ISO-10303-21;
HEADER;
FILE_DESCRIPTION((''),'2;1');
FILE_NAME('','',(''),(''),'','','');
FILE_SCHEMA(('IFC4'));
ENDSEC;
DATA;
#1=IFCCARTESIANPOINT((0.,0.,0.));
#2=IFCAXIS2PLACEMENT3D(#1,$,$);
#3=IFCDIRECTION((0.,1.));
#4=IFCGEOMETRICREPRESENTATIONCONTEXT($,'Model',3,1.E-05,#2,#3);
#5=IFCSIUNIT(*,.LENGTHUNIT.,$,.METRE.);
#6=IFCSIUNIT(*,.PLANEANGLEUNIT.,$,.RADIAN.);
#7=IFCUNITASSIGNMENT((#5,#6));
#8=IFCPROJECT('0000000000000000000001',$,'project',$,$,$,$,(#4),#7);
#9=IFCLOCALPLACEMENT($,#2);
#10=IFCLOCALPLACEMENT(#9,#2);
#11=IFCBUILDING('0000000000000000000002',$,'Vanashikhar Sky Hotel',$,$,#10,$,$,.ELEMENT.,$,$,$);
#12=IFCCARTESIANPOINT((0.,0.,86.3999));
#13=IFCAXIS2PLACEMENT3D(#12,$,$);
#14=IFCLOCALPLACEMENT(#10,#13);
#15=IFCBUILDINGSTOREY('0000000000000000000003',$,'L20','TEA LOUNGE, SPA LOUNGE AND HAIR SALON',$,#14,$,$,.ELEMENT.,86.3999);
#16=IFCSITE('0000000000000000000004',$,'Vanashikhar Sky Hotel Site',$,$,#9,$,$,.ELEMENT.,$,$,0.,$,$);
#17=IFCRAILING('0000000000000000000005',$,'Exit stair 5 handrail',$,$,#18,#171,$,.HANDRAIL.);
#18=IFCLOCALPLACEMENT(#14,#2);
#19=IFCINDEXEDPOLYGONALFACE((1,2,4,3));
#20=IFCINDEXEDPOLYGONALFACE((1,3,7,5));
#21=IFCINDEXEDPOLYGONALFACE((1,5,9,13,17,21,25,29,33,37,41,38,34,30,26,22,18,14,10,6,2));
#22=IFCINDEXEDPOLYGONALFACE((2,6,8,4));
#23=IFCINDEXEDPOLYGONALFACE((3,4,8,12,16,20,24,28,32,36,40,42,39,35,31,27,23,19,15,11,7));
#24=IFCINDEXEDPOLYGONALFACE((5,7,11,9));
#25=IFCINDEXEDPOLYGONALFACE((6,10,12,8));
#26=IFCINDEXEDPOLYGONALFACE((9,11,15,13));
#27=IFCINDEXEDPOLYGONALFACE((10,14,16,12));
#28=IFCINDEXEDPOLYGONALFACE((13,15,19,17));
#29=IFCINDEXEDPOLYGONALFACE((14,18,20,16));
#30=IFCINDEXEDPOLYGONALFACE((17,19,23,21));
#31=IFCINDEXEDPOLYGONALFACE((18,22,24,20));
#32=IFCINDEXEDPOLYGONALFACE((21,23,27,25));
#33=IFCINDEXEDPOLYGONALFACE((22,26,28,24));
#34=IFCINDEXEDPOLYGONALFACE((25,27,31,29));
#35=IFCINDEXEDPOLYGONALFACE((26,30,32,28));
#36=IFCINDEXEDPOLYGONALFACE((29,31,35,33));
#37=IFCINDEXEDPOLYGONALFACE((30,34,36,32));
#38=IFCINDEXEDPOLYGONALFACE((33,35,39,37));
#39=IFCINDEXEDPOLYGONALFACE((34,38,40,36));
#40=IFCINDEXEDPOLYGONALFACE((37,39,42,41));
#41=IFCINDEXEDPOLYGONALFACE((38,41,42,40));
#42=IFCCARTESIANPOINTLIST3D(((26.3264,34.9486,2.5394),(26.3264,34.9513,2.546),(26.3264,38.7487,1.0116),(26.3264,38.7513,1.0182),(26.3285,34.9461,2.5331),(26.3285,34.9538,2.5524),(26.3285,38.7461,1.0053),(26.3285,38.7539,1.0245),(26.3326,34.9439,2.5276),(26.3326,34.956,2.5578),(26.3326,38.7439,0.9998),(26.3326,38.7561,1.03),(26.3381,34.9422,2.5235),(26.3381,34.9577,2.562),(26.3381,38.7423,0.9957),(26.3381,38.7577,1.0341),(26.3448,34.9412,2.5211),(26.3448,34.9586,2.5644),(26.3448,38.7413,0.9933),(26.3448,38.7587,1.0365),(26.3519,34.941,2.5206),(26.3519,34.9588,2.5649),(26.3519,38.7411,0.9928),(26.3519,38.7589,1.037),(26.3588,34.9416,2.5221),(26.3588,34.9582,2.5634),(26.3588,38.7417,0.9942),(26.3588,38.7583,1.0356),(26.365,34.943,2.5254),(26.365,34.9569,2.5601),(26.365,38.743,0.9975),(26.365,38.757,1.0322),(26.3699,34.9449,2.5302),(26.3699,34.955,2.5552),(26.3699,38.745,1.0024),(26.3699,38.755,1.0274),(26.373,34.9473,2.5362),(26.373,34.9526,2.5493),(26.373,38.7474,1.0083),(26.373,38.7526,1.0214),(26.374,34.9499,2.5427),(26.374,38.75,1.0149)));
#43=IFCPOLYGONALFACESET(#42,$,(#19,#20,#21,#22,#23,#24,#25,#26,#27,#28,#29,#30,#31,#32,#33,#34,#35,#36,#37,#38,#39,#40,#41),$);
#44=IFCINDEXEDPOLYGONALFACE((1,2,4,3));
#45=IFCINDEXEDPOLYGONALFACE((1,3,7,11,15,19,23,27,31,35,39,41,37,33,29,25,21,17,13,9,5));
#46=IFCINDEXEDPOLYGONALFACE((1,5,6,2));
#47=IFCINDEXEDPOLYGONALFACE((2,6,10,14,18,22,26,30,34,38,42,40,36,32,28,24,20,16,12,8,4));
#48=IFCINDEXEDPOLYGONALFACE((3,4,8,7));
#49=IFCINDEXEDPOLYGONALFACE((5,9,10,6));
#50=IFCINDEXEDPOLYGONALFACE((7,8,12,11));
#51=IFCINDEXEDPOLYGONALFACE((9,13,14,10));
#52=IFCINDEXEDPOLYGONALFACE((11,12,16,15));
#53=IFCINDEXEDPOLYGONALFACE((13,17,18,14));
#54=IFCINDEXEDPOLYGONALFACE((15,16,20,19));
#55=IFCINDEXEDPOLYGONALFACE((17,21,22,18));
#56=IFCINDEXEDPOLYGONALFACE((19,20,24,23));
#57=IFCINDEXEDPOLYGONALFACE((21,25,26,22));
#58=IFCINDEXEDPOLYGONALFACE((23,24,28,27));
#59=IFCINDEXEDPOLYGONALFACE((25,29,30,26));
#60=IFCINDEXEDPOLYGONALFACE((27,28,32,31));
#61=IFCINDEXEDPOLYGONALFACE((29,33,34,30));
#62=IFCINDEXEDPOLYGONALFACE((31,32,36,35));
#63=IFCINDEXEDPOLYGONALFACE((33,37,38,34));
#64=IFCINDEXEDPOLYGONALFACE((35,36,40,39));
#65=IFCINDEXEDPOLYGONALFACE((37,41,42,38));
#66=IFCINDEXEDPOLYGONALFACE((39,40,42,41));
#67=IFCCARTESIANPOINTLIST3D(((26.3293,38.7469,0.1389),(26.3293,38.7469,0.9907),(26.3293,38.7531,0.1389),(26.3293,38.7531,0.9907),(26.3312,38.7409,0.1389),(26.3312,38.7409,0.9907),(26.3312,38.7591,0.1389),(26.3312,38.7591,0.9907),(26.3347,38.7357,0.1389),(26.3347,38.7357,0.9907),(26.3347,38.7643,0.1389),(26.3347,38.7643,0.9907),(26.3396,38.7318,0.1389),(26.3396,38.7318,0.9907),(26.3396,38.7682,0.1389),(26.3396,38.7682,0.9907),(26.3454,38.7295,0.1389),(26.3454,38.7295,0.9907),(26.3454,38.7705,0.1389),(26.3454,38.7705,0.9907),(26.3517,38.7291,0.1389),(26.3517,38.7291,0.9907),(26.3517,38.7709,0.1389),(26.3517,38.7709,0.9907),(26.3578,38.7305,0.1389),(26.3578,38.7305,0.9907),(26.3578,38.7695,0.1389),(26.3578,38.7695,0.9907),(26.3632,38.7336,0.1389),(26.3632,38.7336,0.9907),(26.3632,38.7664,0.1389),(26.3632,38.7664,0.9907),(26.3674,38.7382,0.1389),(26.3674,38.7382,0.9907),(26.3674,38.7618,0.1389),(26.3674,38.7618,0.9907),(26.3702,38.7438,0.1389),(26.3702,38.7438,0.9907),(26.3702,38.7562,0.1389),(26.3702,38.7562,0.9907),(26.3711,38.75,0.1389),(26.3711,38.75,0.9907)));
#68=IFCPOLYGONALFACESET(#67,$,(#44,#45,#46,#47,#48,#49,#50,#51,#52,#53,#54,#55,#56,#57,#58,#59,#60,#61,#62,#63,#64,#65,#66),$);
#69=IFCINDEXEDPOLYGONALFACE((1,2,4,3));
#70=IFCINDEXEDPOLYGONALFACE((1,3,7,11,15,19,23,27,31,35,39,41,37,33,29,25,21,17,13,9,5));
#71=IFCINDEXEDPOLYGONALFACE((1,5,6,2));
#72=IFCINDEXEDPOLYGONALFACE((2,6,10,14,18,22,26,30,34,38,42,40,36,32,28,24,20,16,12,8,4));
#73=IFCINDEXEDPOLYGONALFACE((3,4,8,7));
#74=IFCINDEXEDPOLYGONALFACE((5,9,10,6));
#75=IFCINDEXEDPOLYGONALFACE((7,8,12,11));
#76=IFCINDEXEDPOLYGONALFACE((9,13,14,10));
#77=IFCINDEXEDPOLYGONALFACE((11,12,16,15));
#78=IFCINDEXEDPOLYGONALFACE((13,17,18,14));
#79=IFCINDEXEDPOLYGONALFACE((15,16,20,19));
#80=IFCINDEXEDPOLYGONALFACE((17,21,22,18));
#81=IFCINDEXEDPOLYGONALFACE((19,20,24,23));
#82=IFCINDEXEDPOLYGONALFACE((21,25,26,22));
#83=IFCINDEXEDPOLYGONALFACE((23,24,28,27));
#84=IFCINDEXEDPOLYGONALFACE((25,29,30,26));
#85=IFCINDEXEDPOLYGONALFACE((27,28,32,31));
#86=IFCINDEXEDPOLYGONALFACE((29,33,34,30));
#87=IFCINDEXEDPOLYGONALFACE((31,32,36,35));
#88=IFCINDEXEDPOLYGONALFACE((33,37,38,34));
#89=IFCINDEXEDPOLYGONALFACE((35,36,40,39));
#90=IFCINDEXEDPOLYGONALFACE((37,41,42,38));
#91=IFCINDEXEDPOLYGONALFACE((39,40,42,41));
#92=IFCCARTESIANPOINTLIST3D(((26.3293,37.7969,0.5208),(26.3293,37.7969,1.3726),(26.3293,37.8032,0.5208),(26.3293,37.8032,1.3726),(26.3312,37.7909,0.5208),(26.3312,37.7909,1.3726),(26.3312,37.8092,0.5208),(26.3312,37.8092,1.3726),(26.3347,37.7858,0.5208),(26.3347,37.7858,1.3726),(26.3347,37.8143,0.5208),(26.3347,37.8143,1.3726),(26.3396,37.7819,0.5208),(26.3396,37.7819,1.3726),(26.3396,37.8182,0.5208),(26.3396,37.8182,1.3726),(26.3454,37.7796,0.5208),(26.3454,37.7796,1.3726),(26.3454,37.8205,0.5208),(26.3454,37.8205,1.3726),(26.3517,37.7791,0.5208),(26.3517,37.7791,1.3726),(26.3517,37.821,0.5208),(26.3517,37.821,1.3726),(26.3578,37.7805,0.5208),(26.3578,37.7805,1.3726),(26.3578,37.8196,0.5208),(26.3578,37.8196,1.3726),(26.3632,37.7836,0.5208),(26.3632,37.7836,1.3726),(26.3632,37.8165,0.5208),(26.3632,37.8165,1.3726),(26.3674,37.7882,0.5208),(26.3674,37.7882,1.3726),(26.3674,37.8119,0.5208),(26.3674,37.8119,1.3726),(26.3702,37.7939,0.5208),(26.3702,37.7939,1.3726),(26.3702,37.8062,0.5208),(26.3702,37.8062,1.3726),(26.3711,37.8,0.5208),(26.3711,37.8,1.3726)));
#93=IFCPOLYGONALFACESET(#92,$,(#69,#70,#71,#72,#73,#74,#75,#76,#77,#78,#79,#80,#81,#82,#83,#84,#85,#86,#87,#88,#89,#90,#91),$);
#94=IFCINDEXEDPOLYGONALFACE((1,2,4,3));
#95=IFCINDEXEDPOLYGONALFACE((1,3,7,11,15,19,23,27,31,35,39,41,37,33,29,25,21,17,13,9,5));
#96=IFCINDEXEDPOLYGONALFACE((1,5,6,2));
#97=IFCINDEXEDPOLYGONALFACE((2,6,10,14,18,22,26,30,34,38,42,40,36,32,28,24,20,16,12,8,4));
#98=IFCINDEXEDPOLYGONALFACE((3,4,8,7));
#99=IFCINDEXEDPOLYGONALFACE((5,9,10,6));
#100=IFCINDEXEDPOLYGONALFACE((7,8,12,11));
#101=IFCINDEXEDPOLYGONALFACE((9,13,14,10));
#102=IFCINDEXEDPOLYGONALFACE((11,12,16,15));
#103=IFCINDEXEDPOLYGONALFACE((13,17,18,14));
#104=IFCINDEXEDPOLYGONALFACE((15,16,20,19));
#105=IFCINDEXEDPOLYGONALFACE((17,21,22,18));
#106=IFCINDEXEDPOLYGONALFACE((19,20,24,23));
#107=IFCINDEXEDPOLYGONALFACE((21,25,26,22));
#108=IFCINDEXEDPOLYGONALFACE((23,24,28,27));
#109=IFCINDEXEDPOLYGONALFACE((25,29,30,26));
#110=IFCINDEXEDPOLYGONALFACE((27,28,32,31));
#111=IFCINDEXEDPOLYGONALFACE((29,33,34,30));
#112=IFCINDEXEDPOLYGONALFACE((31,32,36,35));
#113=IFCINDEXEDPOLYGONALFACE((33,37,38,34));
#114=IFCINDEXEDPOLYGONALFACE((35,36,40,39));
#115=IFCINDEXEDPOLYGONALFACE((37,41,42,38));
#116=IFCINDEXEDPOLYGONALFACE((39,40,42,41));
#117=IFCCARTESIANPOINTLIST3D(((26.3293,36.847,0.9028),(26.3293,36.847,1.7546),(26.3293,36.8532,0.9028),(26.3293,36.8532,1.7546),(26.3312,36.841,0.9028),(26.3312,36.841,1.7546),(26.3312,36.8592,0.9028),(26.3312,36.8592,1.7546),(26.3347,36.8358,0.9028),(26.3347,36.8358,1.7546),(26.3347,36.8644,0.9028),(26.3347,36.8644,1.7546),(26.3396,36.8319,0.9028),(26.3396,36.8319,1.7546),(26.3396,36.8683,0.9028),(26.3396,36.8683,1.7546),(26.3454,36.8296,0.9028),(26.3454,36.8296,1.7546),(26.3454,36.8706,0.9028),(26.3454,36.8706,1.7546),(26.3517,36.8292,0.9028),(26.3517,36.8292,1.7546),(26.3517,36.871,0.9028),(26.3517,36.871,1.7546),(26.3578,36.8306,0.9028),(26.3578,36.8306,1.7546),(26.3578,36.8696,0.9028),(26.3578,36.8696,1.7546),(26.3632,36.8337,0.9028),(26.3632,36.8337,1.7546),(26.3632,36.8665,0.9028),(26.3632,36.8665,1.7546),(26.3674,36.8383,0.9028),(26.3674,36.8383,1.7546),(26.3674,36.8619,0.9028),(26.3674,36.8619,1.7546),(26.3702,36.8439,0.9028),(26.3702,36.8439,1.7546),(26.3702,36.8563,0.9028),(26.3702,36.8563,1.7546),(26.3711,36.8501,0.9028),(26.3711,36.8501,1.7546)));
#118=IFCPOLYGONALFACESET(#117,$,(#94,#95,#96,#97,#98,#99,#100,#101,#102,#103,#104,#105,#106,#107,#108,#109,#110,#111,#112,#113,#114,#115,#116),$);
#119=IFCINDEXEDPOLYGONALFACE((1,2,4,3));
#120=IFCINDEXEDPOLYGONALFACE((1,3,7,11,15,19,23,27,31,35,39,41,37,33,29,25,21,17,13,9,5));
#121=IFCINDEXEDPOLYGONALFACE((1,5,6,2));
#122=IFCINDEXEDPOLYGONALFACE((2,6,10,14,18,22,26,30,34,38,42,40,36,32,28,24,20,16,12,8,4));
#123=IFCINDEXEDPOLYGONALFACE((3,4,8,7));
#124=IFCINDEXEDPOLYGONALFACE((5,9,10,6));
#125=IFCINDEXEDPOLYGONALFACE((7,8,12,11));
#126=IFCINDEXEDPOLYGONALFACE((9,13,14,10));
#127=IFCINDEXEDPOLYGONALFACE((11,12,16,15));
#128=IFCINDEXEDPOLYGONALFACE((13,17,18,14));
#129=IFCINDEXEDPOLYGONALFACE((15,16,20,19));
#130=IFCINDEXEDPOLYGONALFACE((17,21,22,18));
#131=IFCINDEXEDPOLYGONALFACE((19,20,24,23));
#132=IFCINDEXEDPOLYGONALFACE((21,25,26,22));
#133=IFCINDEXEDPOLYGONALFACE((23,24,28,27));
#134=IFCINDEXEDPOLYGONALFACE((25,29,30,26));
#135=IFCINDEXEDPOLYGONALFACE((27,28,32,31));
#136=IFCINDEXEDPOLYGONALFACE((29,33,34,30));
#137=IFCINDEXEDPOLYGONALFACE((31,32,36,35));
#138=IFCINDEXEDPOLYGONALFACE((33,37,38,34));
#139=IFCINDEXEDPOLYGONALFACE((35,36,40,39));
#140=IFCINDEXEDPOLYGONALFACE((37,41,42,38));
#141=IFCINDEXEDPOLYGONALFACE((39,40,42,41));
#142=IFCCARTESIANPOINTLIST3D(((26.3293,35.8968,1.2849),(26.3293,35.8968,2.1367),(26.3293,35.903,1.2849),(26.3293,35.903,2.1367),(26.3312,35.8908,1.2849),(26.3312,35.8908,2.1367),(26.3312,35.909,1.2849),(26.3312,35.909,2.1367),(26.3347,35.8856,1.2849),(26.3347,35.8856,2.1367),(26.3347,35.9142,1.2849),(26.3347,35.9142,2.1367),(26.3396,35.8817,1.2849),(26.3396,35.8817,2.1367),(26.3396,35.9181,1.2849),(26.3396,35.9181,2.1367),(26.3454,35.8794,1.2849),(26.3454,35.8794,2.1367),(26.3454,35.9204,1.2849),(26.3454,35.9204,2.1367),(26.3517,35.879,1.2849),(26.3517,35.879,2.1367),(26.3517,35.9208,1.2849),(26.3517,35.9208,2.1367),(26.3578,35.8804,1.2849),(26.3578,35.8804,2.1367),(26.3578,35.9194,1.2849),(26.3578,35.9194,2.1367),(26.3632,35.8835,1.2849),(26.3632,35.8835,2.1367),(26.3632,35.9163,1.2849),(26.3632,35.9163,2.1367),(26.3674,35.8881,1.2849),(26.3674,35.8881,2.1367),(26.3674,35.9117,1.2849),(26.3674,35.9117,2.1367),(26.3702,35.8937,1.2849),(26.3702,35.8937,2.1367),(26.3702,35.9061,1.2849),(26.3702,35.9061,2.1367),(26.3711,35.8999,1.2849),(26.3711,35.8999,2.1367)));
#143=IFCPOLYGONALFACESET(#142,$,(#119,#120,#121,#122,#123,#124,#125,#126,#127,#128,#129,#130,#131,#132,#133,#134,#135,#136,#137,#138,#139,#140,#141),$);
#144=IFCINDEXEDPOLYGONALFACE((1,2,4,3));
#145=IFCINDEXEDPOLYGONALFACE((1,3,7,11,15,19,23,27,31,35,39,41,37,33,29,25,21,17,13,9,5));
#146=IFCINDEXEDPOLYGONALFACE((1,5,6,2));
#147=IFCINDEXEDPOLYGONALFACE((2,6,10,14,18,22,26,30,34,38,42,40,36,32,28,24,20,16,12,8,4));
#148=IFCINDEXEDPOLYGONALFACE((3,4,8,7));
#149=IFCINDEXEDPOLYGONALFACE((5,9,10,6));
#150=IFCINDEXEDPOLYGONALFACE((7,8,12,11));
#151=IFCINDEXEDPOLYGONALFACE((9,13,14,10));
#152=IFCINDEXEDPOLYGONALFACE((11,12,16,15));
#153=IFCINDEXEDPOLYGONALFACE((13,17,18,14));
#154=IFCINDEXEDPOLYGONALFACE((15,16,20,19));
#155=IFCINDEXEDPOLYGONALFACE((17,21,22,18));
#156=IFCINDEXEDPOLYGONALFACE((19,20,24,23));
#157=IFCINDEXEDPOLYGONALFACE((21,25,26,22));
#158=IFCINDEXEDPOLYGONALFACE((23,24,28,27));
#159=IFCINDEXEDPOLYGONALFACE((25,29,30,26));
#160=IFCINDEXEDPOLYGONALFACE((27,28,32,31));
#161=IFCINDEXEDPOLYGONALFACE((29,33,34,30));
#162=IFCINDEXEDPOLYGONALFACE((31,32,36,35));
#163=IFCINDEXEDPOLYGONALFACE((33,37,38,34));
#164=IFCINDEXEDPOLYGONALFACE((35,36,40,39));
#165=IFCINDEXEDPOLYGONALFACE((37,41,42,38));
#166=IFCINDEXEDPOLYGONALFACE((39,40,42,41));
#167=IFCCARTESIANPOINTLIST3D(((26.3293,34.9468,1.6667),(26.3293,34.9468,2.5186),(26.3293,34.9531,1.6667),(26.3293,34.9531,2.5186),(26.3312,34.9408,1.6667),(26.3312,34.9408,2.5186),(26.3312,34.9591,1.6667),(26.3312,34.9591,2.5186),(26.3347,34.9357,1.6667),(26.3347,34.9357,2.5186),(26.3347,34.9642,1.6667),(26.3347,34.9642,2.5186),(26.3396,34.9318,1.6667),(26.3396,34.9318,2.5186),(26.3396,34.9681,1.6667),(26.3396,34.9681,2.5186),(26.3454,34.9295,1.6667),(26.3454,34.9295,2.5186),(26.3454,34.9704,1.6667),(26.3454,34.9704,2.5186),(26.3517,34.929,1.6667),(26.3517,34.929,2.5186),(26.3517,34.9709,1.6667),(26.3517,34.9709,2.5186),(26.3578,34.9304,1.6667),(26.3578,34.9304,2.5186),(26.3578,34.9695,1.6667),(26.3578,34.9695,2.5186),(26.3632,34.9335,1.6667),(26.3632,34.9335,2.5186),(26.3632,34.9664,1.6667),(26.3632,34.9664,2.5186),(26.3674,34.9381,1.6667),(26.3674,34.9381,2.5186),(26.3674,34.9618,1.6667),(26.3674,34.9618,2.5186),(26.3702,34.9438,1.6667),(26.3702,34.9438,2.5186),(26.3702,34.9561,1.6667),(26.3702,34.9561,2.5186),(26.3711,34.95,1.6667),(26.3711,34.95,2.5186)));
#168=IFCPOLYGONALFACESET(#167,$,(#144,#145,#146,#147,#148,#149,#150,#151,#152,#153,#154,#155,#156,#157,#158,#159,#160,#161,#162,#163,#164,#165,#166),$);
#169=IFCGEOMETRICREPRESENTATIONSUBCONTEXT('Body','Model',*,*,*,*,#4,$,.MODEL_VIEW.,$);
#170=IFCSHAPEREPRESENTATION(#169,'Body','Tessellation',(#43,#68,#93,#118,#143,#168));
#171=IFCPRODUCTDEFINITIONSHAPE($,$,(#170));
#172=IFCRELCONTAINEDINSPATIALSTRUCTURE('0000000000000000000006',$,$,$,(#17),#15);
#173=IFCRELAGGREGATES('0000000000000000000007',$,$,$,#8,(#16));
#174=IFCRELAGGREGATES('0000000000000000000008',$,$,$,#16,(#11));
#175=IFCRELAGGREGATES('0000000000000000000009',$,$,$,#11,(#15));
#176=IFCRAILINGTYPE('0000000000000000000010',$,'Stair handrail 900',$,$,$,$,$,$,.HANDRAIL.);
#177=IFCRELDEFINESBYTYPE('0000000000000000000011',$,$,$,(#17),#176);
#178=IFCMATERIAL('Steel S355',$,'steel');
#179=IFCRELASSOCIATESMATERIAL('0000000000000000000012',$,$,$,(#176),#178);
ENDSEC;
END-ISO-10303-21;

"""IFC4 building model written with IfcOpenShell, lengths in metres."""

from ifc_helpers import new_model, si_unit, direction, frame, origin, origin_2d, place, context, subcontext, project, spatial, circle, extrude, source, transform, mapped, material, type_object, element, save


model = new_model("IFC4")

# Units and contexts
model_context = context("Model", 3, precision=1e-05, world=origin(), true_north=direction((0.0, 1.0)))
body_context = subcontext(model_context, "Body", "Model", "MODEL_VIEW")
ifc_project = project(units=[si_unit("LENGTHUNIT", "METRE"), si_unit("PLANEANGLEUNIT", "RADIAN")], contexts=[model_context])

# Site, building, storey
site_placement = place(None, origin())
site = spatial("IfcSite", under=ifc_project, at=site_placement, Name="Vanashikhar Sky Hotel Site", CompositionType="ELEMENT", RefElevation=0.0)
building_placement = place(site_placement, origin())
building = spatial("IfcBuilding", under=site, at=building_placement, Name="Vanashikhar Sky Hotel", CompositionType="ELEMENT")
storey_placement = place(building_placement, frame((0.0, 0.0, 86.3999)))
storey = spatial("IfcBuildingStorey", under=building, at=storey_placement, Name="L20", Description="TEA LOUNGE, SPA LOUNGE AND HAIR SALON", CompositionType="ELEMENT", Elevation=86.3999)

# Railing
ifc_material_1 = material(Name="Steel S355", Category="steel")
railing_type_1 = type_object("IfcRailingType", Name="Stair handrail 900", PredefinedType="HANDRAIL", material=ifc_material_1)
shared_shape_1 = source(origin(), body_context, "Body", "SweptSolid", [
    extrude(circle(Radius=0.0239, at=origin_2d()), frame((0.0, 0.0, 0.876), z_axis=(0.0, -0.927817, 0.373034), x_axis=(1.0, 0.0, 0.0)), (0.0, 0.0, 1.0), 4.0957),
    extrude(circle(Radius=0.021, at=origin_2d()), origin(), (0.0, 0.0, 1.0), 0.8518),
    extrude(circle(Radius=0.021, at=origin_2d()), frame((0.0, -0.95, 0.3818)), (0.0, 0.0, 1.0), 0.8518),
    extrude(circle(Radius=0.021, at=origin_2d()), frame((0.0, -1.8999, 0.7639)), (0.0, 0.0, 1.0), 0.8518),
    extrude(circle(Radius=0.021, at=origin_2d()), frame((0.0, -2.8501, 1.146)), (0.0, 0.0, 1.0), 0.8518),
    extrude(circle(Radius=0.021, at=origin_2d()), frame((0.0, -3.8, 1.5278)), (0.0, 0.0, 1.0), 0.8518),
])
for number, where, name in (
    (1, (26.3501, 38.75, 0.1389), "Exit stair 5 handrail"),
):
    element("IfcRailing", number, at=place(storey_placement, frame(where)), inside=storey, type_object=railing_type_1, Name=name, PredefinedType="HANDRAIL", context=body_context, shape_type="MappedRepresentation", body=[
        mapped(shared_shape_1, transform((0.0, 0.0, 0.0), scale=1.0)),
    ])

save(model, "model.ifc")
